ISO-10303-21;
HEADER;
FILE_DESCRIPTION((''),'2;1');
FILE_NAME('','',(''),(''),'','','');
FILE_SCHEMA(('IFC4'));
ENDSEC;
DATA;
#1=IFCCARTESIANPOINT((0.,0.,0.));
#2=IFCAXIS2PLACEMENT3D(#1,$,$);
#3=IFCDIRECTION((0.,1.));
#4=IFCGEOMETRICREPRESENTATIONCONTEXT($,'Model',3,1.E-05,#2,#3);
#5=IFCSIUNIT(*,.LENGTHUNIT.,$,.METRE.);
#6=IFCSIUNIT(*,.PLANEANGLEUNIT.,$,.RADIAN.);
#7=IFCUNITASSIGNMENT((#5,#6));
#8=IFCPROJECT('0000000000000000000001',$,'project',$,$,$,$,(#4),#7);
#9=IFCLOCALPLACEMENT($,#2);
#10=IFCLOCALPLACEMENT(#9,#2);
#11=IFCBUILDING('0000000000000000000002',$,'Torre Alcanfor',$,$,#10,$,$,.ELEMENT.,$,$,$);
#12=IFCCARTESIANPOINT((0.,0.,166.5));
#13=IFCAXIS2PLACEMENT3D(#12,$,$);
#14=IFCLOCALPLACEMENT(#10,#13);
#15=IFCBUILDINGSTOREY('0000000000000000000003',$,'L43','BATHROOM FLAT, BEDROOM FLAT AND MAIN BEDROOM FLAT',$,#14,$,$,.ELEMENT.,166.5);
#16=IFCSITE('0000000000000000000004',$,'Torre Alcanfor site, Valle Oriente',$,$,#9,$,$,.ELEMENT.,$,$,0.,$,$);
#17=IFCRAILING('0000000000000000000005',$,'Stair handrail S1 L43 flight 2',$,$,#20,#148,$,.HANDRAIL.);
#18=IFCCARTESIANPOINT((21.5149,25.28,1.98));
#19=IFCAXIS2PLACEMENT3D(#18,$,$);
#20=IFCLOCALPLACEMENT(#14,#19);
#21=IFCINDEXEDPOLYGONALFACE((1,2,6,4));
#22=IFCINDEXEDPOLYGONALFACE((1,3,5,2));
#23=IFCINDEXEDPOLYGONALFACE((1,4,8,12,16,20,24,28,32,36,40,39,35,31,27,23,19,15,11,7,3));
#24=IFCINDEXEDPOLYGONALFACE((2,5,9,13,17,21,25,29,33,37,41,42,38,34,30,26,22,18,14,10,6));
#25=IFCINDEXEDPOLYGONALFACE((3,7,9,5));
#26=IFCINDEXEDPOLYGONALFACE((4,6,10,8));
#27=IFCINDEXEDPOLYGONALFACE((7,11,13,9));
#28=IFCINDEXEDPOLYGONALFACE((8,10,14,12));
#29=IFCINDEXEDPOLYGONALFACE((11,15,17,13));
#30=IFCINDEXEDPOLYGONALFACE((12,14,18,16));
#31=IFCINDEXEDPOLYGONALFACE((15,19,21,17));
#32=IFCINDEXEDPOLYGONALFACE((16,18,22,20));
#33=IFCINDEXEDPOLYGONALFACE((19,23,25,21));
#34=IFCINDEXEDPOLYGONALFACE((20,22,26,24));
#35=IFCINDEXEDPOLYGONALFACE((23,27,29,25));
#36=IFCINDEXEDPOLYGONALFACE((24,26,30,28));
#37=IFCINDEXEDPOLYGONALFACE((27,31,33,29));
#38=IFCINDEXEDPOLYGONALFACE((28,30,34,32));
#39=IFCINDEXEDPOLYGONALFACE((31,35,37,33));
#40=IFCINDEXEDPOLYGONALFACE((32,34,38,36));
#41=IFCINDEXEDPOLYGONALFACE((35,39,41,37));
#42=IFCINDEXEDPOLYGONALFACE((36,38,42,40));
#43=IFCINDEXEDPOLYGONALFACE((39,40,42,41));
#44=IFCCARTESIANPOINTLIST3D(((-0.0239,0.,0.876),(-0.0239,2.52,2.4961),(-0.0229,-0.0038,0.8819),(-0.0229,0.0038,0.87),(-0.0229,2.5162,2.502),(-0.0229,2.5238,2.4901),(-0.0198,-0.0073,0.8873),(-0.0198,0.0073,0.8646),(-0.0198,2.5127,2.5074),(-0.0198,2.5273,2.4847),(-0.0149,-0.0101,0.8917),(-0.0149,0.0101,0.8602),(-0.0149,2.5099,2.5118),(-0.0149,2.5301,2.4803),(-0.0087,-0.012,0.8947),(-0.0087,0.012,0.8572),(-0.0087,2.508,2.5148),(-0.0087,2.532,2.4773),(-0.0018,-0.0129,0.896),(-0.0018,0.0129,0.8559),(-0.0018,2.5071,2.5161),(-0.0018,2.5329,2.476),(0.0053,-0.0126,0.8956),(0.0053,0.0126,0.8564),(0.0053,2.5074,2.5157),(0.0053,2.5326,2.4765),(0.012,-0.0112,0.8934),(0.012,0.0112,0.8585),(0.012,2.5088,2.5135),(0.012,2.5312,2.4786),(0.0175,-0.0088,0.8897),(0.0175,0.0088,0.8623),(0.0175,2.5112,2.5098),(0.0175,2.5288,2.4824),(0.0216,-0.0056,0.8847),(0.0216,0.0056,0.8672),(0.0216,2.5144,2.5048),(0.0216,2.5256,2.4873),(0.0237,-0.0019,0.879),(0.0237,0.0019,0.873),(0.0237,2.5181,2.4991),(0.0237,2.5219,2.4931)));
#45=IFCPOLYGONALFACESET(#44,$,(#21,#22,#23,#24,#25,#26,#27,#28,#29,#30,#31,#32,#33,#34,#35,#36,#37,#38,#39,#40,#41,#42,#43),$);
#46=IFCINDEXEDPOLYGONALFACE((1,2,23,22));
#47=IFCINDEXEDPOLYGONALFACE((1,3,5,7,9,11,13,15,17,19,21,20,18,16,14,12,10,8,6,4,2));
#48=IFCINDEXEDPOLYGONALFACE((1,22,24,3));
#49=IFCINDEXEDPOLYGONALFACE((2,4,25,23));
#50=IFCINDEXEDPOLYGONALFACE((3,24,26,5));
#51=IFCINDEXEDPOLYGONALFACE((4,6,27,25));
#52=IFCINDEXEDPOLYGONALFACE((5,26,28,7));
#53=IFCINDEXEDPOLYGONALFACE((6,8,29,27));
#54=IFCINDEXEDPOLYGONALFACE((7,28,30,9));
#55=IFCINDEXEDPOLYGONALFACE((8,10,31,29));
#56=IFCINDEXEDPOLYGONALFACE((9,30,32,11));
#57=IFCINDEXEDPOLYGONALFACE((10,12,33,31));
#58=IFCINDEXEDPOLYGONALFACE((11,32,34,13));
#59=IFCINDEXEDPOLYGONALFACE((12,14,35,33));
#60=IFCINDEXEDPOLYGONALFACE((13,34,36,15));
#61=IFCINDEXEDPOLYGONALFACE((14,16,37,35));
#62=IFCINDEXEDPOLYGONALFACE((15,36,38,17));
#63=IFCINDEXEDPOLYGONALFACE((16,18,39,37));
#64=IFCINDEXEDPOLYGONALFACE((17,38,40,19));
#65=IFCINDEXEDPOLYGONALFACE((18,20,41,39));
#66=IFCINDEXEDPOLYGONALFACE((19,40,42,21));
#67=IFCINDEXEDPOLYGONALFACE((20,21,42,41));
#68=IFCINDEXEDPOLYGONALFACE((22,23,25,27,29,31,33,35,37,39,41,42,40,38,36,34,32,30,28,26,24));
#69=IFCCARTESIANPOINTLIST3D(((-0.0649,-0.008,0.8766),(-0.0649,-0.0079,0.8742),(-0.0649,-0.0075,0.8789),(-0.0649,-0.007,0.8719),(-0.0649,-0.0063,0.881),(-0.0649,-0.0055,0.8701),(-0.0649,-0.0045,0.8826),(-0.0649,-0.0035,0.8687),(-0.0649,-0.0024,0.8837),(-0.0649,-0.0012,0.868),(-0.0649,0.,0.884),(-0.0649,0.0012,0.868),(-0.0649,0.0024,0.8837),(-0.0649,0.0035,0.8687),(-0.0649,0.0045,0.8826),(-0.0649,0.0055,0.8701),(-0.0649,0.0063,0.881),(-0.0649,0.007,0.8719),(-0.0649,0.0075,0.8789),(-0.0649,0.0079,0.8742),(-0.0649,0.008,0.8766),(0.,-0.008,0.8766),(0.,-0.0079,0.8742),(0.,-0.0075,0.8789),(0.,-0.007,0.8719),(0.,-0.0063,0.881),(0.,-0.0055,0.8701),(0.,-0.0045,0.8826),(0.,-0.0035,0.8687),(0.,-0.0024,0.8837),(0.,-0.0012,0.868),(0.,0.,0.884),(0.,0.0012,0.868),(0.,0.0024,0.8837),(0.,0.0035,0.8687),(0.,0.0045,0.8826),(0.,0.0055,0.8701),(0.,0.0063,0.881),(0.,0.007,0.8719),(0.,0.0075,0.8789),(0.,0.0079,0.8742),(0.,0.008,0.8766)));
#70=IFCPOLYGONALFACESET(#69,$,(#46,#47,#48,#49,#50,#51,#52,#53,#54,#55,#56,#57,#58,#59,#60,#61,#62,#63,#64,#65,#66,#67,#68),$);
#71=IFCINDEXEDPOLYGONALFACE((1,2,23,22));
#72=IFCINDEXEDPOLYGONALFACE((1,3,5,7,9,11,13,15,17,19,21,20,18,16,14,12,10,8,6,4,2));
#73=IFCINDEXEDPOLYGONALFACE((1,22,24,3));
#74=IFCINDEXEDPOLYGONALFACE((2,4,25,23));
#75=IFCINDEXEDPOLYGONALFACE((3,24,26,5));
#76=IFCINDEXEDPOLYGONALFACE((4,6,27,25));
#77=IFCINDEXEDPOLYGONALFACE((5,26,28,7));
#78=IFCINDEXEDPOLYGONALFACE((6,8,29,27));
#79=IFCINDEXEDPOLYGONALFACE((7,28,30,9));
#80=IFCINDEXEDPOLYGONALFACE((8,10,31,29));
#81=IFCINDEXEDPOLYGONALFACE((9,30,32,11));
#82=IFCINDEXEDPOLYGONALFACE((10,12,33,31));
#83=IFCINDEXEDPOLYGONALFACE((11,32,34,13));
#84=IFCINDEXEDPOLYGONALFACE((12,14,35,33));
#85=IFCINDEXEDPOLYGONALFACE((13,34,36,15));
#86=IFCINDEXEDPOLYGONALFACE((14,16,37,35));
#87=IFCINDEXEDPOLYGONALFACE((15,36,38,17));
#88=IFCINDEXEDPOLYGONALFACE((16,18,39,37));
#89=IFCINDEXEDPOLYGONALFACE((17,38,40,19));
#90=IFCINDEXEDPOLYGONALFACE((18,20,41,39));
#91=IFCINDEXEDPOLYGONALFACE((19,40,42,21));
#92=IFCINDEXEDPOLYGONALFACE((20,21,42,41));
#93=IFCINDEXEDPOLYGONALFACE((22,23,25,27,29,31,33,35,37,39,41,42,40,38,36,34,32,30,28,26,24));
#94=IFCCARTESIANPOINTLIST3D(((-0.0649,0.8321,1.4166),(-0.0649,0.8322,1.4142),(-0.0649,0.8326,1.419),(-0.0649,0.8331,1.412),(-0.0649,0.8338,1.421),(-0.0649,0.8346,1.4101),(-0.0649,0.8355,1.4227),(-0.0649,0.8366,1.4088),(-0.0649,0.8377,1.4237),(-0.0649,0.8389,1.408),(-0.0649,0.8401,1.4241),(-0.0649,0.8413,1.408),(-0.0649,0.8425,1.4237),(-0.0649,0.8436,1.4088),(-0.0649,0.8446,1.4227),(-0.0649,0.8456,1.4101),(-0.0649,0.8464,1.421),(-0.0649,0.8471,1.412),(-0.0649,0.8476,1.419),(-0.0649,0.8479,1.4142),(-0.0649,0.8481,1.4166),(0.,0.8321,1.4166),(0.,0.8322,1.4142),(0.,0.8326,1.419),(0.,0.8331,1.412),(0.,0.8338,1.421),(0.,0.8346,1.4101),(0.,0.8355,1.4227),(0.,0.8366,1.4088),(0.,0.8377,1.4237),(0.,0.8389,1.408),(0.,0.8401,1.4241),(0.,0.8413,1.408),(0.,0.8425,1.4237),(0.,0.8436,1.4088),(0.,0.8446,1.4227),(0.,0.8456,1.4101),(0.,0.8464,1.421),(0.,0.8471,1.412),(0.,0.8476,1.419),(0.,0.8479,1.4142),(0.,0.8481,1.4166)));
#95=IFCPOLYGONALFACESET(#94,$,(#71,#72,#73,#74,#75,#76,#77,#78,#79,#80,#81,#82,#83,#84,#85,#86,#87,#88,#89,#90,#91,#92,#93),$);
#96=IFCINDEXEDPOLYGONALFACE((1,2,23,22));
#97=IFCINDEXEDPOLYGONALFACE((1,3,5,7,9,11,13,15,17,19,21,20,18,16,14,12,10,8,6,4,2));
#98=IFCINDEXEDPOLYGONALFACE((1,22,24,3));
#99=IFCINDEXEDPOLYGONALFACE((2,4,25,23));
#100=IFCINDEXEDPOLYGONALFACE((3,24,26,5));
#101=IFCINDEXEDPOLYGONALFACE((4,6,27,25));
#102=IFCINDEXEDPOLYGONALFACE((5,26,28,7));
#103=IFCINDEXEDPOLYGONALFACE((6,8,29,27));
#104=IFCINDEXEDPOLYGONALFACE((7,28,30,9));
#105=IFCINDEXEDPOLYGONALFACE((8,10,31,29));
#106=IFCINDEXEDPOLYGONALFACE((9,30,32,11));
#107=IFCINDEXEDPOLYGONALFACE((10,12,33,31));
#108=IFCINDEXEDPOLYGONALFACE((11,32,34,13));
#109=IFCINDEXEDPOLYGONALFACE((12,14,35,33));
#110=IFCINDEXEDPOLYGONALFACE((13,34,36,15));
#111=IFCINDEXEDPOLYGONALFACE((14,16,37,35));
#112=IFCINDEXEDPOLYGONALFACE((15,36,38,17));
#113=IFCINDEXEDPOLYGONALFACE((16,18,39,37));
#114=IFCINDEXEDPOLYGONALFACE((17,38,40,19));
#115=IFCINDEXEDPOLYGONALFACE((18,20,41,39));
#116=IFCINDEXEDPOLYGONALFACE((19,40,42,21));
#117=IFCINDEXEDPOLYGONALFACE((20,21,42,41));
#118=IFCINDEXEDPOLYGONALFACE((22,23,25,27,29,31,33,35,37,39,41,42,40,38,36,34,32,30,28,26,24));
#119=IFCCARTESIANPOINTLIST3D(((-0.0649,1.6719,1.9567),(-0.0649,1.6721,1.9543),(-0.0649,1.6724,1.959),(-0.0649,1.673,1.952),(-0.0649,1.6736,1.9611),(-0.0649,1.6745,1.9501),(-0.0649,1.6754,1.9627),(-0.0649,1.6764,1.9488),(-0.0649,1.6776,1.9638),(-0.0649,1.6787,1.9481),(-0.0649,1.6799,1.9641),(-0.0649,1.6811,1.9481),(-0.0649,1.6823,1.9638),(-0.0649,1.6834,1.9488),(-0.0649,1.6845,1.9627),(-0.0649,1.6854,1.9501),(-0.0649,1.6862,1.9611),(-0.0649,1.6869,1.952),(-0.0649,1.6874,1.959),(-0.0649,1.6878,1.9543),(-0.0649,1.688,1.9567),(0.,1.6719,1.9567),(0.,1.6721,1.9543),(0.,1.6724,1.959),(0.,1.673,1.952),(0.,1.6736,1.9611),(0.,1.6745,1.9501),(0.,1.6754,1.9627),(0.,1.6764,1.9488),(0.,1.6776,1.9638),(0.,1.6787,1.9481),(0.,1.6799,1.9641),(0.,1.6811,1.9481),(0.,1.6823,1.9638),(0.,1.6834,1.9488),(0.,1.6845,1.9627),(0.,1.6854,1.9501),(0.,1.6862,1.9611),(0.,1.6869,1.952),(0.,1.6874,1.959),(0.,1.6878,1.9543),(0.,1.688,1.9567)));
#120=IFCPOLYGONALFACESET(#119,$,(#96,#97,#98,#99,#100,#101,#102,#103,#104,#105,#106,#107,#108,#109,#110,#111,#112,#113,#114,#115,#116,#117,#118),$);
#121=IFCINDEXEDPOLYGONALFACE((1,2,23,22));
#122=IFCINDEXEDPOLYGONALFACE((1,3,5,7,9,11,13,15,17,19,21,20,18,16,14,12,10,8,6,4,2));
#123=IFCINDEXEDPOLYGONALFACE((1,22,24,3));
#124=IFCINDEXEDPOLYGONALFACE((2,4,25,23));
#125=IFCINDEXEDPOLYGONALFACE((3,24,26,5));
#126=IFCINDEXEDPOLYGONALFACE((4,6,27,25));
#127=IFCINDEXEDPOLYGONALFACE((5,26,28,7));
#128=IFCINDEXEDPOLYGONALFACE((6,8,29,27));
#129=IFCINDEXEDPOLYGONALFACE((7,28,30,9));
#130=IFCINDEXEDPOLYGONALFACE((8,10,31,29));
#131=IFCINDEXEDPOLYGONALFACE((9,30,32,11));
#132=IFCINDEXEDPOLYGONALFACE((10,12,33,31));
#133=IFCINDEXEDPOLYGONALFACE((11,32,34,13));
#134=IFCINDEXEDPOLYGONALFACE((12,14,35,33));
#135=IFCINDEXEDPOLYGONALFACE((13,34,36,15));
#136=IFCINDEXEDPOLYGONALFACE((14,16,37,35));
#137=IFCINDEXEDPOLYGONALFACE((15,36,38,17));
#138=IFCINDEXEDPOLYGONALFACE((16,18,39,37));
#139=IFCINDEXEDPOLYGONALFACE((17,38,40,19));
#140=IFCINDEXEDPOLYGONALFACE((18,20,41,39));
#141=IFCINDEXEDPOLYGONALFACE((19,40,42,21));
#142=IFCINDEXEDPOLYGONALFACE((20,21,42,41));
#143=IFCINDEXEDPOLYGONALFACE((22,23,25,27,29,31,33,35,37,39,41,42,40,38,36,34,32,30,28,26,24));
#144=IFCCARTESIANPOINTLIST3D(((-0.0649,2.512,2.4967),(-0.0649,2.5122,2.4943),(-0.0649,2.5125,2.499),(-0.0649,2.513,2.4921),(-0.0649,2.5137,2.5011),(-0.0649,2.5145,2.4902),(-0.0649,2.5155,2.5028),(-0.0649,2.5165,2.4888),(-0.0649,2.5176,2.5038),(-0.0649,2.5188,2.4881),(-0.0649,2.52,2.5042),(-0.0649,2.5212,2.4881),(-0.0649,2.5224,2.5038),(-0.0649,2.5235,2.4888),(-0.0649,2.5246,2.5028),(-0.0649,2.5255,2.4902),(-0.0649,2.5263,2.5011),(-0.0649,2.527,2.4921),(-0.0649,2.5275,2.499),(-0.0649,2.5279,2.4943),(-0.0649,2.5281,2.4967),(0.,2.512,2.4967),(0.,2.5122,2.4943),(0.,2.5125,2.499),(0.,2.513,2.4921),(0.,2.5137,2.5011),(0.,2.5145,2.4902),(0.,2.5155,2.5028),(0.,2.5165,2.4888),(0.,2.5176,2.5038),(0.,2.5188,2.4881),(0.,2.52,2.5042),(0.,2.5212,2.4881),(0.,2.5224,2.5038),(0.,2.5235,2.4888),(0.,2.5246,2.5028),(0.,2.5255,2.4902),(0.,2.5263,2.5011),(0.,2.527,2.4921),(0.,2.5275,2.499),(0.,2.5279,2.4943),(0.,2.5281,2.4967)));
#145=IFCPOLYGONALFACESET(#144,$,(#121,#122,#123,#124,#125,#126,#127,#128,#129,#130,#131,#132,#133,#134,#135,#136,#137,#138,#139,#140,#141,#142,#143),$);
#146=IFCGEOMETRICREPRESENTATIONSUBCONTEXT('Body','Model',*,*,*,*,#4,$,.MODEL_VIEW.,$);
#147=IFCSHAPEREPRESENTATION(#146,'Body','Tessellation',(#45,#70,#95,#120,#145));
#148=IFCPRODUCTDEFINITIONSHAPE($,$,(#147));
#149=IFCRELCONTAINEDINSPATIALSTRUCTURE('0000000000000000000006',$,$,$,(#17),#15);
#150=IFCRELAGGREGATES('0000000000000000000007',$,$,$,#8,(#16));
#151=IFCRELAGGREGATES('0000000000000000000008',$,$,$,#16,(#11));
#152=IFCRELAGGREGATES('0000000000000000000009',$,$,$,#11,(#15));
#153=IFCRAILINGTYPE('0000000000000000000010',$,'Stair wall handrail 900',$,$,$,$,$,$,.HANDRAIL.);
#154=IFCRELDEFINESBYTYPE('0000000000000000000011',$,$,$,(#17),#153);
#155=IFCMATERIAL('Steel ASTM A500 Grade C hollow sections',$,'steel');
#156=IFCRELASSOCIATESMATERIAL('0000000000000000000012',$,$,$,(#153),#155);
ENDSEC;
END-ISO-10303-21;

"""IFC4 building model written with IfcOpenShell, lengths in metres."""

from ifc_helpers import new_model, si_unit, direction, frame, origin, origin_2d, place, context, subcontext, project, spatial, circle, extrude, material, type_object, element, save


model = new_model("IFC4")

# Units and contexts
model_context = context("Model", 3, precision=1e-05, world=origin(), true_north=direction((0.0, 1.0)))
body_context = subcontext(model_context, "Body", "Model", "MODEL_VIEW")
ifc_project = project(units=[si_unit("LENGTHUNIT", "METRE"), si_unit("PLANEANGLEUNIT", "RADIAN")], contexts=[model_context])

# Site, building, storey
site_placement = place(None, origin())
site = spatial("IfcSite", under=ifc_project, at=site_placement, Name="Torre Alcanfor site, Valle Oriente", CompositionType="ELEMENT", RefElevation=0.0)
building_placement = place(site_placement, origin())
building = spatial("IfcBuilding", under=site, at=building_placement, Name="Torre Alcanfor", CompositionType="ELEMENT")
storey_placement = place(building_placement, frame((0.0, 0.0, 166.5)))
storey = spatial("IfcBuildingStorey", under=building, at=storey_placement, Name="L43", Description="BATHROOM FLAT, BEDROOM FLAT AND MAIN BEDROOM FLAT", CompositionType="ELEMENT", Elevation=166.5)

# Railing
ifc_material_1 = material(Name="Steel ASTM A500 Grade C hollow sections", Category="steel")
railing_type_1 = type_object("IfcRailingType", Name="Stair wall handrail 900", PredefinedType="HANDRAIL", material=ifc_material_1)
railing_1_placement = place(storey_placement, frame((21.5149, 25.28, 1.98)))
element("IfcRailing", 1, at=railing_1_placement, inside=storey, type_object=railing_type_1, Name="Stair handrail S1 L43 flight 2", PredefinedType="HANDRAIL", context=body_context, shape_type="SweptSolid", body=[
    extrude(circle(Radius=0.0239, at=origin_2d()), frame((0.0, 0.0, 0.876), z_axis=(0.0, 0.841163, 0.540782), x_axis=(-1.0, 0.0, 0.0)), (0.0, 0.0, 1.0), 2.9958),
    extrude(circle(Radius=0.0081, at=origin_2d()), frame((0.0, 0.0, 0.876), z_axis=(-1.0, 0.0, 0.0), x_axis=(0.0, 0.0, 1.0)), (0.0, 0.0, 1.0), 0.0649),
    extrude(circle(Radius=0.0081, at=origin_2d()), frame((0.0, 0.8401, 1.416), z_axis=(-1.0, 0.0, 0.0), x_axis=(0.0, 0.0, 1.0)), (0.0, 0.0, 1.0), 0.0649),
    extrude(circle(Radius=0.0081, at=origin_2d()), frame((0.0, 1.6799, 1.9561), z_axis=(-1.0, 0.0, 0.0), x_axis=(0.0, 0.0, 1.0)), (0.0, 0.0, 1.0), 0.0649),
    extrude(circle(Radius=0.0081, at=origin_2d()), frame((0.0, 2.52, 2.4961), z_axis=(-1.0, 0.0, 0.0), x_axis=(0.0, 0.0, 1.0)), (0.0, 0.0, 1.0), 0.0649),
])

save(model, "model.ifc")
